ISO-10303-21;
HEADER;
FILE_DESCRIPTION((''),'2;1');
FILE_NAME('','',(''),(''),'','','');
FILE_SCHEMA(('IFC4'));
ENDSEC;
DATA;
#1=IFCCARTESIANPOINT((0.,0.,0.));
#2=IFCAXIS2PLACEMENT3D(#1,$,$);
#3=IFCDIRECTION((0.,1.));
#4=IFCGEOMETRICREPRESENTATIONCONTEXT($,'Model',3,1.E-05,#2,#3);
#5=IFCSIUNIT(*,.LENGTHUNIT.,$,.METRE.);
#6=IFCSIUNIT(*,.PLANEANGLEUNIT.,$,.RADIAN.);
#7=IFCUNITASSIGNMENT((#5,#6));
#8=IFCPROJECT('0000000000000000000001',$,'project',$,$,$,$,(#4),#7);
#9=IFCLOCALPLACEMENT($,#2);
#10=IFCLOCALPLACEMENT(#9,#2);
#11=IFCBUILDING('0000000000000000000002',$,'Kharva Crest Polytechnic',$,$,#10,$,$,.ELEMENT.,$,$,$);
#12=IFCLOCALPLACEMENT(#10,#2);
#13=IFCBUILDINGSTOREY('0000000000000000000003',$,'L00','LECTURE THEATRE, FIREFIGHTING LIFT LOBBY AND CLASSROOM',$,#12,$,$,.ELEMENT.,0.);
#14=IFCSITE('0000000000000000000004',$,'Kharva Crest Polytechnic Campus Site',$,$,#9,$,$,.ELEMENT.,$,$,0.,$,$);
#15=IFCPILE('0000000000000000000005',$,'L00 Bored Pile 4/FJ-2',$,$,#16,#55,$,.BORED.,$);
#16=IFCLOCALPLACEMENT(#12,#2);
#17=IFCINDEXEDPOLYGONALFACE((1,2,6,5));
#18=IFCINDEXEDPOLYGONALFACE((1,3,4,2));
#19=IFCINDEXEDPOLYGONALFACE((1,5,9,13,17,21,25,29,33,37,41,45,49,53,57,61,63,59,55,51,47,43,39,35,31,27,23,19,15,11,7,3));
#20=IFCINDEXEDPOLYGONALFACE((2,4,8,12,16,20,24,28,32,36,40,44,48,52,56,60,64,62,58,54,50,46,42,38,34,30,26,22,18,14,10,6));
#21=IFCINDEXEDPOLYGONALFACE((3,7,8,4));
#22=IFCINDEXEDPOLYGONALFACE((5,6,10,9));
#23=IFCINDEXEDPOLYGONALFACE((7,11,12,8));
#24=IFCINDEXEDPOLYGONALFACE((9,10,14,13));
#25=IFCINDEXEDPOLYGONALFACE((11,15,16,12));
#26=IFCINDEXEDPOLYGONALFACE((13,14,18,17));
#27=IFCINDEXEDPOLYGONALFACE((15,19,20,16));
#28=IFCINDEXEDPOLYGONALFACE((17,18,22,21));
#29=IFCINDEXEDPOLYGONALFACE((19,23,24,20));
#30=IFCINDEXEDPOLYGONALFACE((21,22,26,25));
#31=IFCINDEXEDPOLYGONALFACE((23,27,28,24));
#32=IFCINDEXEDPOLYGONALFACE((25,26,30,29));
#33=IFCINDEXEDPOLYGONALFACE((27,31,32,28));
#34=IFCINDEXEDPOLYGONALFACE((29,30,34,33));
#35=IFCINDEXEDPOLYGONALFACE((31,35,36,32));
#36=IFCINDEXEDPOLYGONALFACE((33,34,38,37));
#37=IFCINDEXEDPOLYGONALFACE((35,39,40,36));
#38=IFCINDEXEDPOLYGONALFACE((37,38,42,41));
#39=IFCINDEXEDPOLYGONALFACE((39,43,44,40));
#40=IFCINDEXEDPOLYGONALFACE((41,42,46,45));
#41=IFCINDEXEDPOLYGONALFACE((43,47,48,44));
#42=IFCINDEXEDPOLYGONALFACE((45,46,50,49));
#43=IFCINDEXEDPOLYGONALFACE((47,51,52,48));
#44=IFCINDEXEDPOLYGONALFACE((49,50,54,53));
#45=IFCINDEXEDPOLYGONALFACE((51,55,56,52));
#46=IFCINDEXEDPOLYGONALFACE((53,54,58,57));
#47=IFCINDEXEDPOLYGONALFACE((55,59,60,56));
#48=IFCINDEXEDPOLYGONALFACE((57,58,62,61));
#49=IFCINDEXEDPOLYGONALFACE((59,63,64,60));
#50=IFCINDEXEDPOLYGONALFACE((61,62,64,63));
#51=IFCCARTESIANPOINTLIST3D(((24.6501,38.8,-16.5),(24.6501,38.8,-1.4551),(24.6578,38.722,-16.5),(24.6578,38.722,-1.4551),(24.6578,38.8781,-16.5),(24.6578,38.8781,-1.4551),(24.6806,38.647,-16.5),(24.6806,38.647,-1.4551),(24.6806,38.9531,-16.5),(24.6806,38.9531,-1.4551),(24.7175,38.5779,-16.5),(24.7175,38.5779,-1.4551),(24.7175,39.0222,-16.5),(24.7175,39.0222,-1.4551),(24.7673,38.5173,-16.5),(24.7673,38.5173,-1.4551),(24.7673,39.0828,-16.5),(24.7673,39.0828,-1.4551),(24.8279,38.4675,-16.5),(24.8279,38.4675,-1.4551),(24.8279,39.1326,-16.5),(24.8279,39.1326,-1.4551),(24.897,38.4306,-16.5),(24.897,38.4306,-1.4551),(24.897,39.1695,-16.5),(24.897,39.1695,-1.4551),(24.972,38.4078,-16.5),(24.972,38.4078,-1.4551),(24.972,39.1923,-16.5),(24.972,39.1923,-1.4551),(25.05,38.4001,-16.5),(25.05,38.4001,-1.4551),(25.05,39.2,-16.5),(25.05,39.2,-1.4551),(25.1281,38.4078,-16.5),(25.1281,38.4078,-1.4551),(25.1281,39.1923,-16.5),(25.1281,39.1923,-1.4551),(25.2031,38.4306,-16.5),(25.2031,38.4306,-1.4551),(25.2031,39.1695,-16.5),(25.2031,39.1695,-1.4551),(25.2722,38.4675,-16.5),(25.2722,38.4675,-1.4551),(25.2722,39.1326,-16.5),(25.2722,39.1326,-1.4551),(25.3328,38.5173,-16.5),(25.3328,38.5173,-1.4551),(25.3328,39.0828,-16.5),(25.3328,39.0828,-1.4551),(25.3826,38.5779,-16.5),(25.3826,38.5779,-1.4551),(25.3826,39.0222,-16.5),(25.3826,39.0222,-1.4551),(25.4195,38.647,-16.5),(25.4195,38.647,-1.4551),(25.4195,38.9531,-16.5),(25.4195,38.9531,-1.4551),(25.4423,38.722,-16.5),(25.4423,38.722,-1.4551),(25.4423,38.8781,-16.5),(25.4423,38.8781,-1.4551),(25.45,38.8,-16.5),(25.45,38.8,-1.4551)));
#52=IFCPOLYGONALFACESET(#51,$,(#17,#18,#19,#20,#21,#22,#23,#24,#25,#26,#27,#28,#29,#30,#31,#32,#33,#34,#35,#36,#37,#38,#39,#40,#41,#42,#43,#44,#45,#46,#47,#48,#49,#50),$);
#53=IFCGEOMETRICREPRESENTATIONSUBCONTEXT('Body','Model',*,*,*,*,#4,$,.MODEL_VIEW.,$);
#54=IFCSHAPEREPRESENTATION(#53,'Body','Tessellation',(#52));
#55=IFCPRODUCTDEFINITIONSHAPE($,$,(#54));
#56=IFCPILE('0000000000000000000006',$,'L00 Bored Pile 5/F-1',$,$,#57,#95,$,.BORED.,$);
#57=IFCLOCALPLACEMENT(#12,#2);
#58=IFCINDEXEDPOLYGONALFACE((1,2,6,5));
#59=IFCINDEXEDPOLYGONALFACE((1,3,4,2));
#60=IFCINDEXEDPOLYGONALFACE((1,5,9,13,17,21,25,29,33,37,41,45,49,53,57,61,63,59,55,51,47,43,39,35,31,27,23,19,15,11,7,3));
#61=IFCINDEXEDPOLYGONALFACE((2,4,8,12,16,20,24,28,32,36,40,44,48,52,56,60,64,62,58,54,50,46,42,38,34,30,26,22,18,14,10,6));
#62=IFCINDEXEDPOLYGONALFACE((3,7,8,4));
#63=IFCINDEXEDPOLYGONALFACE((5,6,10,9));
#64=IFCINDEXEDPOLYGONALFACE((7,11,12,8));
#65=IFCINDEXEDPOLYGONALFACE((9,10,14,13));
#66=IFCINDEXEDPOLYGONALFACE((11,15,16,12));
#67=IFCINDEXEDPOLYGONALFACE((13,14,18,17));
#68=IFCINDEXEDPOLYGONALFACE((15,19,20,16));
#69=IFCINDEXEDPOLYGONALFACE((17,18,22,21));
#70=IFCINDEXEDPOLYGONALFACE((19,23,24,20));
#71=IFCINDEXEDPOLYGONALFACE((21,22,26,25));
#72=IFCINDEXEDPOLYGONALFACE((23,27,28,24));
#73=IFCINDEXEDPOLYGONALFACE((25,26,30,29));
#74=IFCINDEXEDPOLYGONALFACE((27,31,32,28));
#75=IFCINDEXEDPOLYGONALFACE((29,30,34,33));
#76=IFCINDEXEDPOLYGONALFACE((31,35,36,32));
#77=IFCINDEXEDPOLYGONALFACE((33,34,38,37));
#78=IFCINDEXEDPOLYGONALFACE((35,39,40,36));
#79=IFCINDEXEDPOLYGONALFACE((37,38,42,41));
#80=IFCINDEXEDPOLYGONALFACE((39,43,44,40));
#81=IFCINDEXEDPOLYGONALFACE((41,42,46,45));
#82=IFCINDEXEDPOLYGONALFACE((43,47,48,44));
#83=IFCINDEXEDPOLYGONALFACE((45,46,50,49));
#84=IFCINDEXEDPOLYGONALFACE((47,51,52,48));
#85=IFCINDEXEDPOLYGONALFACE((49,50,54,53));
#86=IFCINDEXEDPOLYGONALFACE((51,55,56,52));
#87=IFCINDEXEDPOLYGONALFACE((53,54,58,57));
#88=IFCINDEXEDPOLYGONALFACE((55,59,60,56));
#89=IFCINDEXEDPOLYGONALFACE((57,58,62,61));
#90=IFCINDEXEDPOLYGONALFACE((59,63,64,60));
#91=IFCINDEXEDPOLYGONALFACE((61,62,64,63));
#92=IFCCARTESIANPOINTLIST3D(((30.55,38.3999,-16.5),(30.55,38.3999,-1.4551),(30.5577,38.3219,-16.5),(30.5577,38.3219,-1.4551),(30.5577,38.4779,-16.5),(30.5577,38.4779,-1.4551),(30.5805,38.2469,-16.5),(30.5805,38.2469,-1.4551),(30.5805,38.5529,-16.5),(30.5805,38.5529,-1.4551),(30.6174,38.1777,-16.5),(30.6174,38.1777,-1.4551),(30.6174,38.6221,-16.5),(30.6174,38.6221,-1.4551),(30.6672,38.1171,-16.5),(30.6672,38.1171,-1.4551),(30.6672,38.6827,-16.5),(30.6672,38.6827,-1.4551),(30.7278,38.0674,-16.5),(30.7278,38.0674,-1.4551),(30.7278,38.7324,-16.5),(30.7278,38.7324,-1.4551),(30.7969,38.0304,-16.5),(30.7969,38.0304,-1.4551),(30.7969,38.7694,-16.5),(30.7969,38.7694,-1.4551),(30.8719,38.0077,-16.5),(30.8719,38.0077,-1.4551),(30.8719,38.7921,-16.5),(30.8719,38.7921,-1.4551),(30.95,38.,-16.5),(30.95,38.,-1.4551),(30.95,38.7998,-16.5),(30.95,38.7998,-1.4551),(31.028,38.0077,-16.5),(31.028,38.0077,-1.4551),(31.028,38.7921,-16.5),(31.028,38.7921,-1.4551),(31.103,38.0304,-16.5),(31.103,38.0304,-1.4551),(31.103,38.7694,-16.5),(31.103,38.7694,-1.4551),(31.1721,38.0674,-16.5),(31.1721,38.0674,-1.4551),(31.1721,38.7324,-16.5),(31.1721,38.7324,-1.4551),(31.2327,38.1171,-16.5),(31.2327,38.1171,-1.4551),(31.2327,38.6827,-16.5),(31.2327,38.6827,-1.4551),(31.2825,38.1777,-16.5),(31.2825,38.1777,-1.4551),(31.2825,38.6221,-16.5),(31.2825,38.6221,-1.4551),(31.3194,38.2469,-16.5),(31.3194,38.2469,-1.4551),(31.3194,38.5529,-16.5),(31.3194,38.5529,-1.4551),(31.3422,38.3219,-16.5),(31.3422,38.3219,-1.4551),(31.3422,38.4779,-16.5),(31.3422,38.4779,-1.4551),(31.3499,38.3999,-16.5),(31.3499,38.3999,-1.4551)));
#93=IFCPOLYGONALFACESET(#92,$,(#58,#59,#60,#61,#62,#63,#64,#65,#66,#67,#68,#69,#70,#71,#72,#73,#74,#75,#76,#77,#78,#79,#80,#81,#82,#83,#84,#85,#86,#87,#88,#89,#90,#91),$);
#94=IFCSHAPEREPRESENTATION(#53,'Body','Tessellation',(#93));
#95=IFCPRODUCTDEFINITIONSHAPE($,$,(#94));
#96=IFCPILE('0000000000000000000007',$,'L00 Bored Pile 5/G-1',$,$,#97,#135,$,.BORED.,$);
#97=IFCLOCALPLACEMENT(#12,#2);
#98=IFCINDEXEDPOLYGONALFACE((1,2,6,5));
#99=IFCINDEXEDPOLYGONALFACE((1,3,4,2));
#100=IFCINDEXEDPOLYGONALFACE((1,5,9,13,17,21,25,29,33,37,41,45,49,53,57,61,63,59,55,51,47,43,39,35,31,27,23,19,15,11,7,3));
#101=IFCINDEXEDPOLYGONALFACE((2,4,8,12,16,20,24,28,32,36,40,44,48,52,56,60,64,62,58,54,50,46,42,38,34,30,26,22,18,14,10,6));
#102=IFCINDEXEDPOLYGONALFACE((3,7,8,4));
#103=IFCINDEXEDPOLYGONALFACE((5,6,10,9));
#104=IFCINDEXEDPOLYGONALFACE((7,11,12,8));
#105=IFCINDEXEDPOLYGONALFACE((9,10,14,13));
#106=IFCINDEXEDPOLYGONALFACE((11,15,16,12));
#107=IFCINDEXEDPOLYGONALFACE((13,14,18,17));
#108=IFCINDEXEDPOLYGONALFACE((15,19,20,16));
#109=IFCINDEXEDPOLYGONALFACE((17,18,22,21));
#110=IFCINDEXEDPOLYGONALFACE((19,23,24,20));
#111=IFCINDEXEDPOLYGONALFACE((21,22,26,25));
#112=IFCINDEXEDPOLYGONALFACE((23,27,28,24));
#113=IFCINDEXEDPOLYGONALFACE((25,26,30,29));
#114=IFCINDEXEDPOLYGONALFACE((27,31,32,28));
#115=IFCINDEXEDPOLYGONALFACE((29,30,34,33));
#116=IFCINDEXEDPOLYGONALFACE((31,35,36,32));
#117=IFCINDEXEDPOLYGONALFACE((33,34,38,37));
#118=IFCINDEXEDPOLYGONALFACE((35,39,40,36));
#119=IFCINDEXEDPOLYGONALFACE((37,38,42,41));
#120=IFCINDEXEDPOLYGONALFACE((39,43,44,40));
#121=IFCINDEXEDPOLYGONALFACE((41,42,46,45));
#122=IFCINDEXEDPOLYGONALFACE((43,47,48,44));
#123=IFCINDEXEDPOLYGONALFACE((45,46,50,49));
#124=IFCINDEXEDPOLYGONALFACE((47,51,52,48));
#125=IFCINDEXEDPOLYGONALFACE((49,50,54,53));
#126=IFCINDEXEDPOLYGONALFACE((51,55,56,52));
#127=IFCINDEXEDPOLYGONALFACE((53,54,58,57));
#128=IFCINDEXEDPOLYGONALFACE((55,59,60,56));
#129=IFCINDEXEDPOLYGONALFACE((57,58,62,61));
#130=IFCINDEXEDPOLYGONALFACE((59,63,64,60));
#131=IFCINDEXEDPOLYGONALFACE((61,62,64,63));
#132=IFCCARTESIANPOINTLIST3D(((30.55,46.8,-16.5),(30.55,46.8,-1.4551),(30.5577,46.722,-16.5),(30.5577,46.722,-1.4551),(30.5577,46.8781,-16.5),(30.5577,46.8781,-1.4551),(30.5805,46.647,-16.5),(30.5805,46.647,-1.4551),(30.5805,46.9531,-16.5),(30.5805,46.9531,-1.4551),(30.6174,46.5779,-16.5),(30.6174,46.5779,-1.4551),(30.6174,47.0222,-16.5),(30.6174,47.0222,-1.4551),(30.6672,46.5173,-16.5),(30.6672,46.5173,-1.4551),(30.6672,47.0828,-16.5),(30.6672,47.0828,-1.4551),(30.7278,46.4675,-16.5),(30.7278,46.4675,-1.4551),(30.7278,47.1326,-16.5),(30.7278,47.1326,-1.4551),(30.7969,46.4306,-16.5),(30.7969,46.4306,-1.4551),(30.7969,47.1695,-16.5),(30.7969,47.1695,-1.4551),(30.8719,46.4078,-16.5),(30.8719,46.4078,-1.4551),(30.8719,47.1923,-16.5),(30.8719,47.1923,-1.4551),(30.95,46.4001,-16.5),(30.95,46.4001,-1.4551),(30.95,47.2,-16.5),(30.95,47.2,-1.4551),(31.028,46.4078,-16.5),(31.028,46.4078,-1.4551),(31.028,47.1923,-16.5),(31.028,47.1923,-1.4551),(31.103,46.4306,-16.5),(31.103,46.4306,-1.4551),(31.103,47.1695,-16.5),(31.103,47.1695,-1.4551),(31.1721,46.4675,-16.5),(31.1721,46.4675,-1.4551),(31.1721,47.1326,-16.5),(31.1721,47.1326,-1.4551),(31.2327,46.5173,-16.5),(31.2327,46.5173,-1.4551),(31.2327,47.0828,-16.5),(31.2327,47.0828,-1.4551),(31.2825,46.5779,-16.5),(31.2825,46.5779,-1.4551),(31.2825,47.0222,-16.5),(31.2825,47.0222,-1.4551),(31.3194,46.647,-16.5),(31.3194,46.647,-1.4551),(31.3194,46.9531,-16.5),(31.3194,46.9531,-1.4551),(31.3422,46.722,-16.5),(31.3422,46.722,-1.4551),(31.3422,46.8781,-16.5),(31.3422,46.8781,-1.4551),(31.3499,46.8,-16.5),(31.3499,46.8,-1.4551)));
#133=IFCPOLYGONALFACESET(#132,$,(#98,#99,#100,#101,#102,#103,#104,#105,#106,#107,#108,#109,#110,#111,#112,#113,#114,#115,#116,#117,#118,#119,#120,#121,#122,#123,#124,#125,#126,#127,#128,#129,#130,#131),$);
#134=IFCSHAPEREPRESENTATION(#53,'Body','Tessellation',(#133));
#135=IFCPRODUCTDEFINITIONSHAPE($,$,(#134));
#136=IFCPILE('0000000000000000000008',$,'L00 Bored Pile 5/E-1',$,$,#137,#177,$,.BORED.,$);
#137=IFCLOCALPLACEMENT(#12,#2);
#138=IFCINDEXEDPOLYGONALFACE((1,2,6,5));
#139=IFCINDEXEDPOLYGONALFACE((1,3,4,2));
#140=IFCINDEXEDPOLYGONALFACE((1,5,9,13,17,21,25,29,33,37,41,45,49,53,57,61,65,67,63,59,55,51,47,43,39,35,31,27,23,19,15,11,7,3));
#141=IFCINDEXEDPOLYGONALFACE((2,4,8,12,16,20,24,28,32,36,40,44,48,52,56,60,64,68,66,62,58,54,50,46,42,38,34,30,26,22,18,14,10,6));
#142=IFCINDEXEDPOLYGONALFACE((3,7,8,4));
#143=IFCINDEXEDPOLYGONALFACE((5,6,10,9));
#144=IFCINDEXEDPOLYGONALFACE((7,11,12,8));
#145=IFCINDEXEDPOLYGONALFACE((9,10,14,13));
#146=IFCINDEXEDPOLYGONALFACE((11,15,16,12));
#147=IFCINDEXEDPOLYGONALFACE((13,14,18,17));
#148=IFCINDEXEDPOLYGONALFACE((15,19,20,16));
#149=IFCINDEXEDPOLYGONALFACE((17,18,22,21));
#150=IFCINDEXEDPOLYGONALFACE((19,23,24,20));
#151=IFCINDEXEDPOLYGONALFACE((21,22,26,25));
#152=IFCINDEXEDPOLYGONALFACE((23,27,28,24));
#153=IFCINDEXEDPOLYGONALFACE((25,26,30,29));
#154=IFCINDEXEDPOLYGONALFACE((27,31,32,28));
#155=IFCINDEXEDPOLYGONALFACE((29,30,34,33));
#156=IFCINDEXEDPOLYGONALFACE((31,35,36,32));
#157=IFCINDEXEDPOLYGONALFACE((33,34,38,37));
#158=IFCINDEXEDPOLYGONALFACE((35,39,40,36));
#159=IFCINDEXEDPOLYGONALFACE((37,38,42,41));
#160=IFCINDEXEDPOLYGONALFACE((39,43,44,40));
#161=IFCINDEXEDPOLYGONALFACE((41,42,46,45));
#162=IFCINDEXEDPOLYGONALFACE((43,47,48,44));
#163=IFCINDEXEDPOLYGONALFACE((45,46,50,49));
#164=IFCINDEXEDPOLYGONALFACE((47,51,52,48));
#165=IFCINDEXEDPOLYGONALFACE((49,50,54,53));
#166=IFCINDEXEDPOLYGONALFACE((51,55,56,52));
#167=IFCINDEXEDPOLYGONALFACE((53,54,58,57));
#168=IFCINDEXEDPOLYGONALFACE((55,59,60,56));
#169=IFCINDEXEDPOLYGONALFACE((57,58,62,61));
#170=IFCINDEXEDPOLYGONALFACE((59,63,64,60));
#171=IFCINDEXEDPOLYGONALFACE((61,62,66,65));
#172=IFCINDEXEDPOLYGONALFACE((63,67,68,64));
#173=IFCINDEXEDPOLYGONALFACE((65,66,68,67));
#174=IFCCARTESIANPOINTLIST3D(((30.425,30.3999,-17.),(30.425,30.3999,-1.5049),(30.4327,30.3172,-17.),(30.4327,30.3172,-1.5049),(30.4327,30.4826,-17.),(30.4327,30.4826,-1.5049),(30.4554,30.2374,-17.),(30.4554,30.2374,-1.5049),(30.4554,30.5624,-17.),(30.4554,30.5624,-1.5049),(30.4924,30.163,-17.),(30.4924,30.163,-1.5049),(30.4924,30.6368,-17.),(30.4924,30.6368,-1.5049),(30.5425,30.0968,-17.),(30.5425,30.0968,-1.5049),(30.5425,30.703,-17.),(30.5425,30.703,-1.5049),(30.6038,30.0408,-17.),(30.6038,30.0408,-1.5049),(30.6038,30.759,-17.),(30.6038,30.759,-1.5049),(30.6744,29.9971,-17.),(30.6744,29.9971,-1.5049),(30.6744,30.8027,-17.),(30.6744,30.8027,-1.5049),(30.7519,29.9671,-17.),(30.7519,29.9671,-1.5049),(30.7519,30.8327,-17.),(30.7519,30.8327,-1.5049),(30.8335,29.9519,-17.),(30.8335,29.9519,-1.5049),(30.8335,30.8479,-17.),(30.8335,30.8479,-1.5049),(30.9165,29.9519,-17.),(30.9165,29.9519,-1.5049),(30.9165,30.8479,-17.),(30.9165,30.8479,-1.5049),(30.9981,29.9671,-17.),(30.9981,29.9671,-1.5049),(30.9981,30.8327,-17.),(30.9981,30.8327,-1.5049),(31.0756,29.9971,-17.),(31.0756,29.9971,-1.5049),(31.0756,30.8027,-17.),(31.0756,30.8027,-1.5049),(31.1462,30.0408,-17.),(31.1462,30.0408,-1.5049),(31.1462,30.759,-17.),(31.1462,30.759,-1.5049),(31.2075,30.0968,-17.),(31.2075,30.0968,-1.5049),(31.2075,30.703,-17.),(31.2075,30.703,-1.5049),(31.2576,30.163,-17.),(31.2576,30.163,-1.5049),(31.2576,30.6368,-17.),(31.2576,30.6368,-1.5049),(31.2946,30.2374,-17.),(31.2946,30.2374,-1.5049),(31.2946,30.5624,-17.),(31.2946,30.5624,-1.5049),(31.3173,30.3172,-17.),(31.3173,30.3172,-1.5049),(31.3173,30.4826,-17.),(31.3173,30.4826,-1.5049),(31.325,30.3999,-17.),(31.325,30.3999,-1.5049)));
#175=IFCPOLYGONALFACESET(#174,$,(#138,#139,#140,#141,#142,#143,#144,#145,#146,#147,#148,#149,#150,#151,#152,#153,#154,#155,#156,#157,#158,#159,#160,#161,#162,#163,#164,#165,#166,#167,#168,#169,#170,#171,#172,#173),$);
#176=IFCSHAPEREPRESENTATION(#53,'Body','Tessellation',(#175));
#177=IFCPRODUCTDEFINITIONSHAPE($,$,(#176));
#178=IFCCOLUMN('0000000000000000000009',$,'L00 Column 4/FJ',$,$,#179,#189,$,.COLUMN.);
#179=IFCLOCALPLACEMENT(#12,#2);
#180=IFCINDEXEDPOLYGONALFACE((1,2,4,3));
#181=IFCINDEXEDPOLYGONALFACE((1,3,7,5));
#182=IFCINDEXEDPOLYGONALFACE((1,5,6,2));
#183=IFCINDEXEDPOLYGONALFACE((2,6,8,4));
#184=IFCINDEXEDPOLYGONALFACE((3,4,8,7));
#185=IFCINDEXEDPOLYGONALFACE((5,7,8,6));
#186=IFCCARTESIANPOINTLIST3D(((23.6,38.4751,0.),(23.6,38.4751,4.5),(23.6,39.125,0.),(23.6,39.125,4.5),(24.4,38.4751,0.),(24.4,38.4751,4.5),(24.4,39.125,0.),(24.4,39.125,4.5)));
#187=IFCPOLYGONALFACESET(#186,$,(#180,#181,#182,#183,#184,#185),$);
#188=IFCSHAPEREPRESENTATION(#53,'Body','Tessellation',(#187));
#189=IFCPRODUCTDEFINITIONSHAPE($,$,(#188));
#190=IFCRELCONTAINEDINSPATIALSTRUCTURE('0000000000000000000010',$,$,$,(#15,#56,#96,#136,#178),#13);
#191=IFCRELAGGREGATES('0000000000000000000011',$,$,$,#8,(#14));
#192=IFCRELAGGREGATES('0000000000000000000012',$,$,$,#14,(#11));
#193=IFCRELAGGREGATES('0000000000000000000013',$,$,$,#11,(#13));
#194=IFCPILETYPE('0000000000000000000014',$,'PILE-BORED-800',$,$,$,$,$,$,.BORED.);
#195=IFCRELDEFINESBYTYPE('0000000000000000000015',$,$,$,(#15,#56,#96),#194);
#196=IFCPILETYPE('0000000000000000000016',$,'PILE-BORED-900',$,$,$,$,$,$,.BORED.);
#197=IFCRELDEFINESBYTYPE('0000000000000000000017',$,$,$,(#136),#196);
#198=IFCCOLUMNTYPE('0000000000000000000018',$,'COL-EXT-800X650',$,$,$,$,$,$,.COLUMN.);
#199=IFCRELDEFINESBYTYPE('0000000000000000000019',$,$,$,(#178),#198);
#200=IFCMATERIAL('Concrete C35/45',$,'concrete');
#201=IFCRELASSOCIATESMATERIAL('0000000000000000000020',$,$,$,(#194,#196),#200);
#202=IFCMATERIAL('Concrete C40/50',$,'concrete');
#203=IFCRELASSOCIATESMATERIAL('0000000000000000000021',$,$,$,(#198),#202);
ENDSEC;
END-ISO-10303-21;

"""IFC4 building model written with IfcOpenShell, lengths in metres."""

from ifc_helpers import new_model, si_unit, direction, frame, origin, origin_2d, place, context, subcontext, project, spatial, rectangle, circle, extrude, material, material_profile, profile_set, type_object, element, save


model = new_model("IFC4")

# Units and contexts
model_context = context("Model", 3, precision=1e-05, world=origin(), true_north=direction((0.0, 1.0)))
body_context = subcontext(model_context, "Body", "Model", "MODEL_VIEW")
ifc_project = project(units=[si_unit("LENGTHUNIT", "METRE"), si_unit("PLANEANGLEUNIT", "RADIAN")], contexts=[model_context])

# Site, building, storey
site_placement = place(None, origin())
site = spatial("IfcSite", under=ifc_project, at=site_placement, Name="Kharva Crest Polytechnic Campus Site", CompositionType="ELEMENT", RefElevation=0.0)
building_placement = place(site_placement, origin())
building = spatial("IfcBuilding", under=site, at=building_placement, Name="Kharva Crest Polytechnic", CompositionType="ELEMENT")
storey_placement = place(building_placement, origin())
storey = spatial("IfcBuildingStorey", under=building, at=storey_placement, Name="L00", Description="LECTURE THEATRE, FIREFIGHTING LIFT LOBBY AND CLASSROOM", CompositionType="ELEMENT", Elevation=0.0)

# Shared definitions
ifc_material_1 = material(Name="Concrete C35/45", Category="concrete")

# Piles
ifc_material_profile_1 = material_profile(ifc_material_1, circle(Radius=0.3999, at=origin_2d()), Name="DIA 800")
ifc_profile_set_1 = profile_set([ifc_material_profile_1], Name="Concrete C35/45")
pile_type_1 = type_object("IfcPileType", Name="PILE-BORED-800", PredefinedType="BORED", material=ifc_profile_set_1)
for number, where, z_axis, x_axis, name in (
    (1, (25.05, 38.8, -1.4551), (0.0, 0.0, -1.0), (1.0, 0.0, 0.0), "L00 Bored Pile 4/FJ-2"),
    (2, (30.95, 38.3999, -1.4551), (0.0, 0.0, -1.0), (1.0, 0.0, 0.0), "L00 Bored Pile 5/F-1"),
    (3, (30.95, 46.8, -1.4551), (0.0, 0.0, -1.0), (1.0, 0.0, 0.0), "L00 Bored Pile 5/G-1"),
):
    element("IfcPile", number, at=place(storey_placement, frame(where, z_axis=z_axis, x_axis=x_axis)), inside=storey, type_object=pile_type_1, Name=name, PredefinedType="BORED", context=body_context, shape_type="SweptSolid", body=[
        extrude(circle(Radius=0.3999, at=origin_2d()), origin(), (0.0, 0.0, 1.0), 15.0449),
    ])
ifc_material_profile_2 = material_profile(ifc_material_1, circle(Radius=0.45, at=origin_2d()), Name="DIA 900")
ifc_profile_set_2 = profile_set([ifc_material_profile_2], Name="Concrete C35/45")
pile_type_2 = type_object("IfcPileType", Name="PILE-BORED-900", PredefinedType="BORED", material=ifc_profile_set_2)
pile_placement = place(storey_placement, frame((30.875, 30.3999, -1.5049), z_axis=(0.0, 0.0, -1.0), x_axis=(1.0, 0.0, 0.0)))
element("IfcPile", 4, at=pile_placement, inside=storey, type_object=pile_type_2, Name="L00 Bored Pile 5/E-1", PredefinedType="BORED", context=body_context, shape_type="SweptSolid", body=[
    extrude(circle(Radius=0.45, at=origin_2d()), origin(), (0.0, 0.0, 1.0), 15.4951),
])

# Column
ifc_material_2 = material(Name="Concrete C40/50", Category="concrete")
ifc_material_profile_3 = material_profile(ifc_material_2, rectangle(XDim=0.8, YDim=0.6499, at=origin_2d()), Name="RECT 800 X 650")
ifc_profile_set_3 = profile_set([ifc_material_profile_3], Name="Concrete C40/50")
column_type_1 = type_object("IfcColumnType", Name="COL-EXT-800X650", PredefinedType="COLUMN", material=ifc_profile_set_3)
column_1_placement = place(storey_placement, frame((24.0, 38.8, 0.0), z_axis=(0.0, 0.0, 1.0), x_axis=(1.0, 0.0, 0.0)))
element("IfcColumn", 5, at=column_1_placement, inside=storey, type_object=column_type_1, Name="L00 Column 4/FJ", PredefinedType="COLUMN", context=body_context, shape_type="SweptSolid", body=[
    extrude(rectangle(XDim=0.8, YDim=0.6499, at=origin_2d()), origin(), (0.0, 0.0, 1.0), 4.5),
])

save(model, "model.ifc")
